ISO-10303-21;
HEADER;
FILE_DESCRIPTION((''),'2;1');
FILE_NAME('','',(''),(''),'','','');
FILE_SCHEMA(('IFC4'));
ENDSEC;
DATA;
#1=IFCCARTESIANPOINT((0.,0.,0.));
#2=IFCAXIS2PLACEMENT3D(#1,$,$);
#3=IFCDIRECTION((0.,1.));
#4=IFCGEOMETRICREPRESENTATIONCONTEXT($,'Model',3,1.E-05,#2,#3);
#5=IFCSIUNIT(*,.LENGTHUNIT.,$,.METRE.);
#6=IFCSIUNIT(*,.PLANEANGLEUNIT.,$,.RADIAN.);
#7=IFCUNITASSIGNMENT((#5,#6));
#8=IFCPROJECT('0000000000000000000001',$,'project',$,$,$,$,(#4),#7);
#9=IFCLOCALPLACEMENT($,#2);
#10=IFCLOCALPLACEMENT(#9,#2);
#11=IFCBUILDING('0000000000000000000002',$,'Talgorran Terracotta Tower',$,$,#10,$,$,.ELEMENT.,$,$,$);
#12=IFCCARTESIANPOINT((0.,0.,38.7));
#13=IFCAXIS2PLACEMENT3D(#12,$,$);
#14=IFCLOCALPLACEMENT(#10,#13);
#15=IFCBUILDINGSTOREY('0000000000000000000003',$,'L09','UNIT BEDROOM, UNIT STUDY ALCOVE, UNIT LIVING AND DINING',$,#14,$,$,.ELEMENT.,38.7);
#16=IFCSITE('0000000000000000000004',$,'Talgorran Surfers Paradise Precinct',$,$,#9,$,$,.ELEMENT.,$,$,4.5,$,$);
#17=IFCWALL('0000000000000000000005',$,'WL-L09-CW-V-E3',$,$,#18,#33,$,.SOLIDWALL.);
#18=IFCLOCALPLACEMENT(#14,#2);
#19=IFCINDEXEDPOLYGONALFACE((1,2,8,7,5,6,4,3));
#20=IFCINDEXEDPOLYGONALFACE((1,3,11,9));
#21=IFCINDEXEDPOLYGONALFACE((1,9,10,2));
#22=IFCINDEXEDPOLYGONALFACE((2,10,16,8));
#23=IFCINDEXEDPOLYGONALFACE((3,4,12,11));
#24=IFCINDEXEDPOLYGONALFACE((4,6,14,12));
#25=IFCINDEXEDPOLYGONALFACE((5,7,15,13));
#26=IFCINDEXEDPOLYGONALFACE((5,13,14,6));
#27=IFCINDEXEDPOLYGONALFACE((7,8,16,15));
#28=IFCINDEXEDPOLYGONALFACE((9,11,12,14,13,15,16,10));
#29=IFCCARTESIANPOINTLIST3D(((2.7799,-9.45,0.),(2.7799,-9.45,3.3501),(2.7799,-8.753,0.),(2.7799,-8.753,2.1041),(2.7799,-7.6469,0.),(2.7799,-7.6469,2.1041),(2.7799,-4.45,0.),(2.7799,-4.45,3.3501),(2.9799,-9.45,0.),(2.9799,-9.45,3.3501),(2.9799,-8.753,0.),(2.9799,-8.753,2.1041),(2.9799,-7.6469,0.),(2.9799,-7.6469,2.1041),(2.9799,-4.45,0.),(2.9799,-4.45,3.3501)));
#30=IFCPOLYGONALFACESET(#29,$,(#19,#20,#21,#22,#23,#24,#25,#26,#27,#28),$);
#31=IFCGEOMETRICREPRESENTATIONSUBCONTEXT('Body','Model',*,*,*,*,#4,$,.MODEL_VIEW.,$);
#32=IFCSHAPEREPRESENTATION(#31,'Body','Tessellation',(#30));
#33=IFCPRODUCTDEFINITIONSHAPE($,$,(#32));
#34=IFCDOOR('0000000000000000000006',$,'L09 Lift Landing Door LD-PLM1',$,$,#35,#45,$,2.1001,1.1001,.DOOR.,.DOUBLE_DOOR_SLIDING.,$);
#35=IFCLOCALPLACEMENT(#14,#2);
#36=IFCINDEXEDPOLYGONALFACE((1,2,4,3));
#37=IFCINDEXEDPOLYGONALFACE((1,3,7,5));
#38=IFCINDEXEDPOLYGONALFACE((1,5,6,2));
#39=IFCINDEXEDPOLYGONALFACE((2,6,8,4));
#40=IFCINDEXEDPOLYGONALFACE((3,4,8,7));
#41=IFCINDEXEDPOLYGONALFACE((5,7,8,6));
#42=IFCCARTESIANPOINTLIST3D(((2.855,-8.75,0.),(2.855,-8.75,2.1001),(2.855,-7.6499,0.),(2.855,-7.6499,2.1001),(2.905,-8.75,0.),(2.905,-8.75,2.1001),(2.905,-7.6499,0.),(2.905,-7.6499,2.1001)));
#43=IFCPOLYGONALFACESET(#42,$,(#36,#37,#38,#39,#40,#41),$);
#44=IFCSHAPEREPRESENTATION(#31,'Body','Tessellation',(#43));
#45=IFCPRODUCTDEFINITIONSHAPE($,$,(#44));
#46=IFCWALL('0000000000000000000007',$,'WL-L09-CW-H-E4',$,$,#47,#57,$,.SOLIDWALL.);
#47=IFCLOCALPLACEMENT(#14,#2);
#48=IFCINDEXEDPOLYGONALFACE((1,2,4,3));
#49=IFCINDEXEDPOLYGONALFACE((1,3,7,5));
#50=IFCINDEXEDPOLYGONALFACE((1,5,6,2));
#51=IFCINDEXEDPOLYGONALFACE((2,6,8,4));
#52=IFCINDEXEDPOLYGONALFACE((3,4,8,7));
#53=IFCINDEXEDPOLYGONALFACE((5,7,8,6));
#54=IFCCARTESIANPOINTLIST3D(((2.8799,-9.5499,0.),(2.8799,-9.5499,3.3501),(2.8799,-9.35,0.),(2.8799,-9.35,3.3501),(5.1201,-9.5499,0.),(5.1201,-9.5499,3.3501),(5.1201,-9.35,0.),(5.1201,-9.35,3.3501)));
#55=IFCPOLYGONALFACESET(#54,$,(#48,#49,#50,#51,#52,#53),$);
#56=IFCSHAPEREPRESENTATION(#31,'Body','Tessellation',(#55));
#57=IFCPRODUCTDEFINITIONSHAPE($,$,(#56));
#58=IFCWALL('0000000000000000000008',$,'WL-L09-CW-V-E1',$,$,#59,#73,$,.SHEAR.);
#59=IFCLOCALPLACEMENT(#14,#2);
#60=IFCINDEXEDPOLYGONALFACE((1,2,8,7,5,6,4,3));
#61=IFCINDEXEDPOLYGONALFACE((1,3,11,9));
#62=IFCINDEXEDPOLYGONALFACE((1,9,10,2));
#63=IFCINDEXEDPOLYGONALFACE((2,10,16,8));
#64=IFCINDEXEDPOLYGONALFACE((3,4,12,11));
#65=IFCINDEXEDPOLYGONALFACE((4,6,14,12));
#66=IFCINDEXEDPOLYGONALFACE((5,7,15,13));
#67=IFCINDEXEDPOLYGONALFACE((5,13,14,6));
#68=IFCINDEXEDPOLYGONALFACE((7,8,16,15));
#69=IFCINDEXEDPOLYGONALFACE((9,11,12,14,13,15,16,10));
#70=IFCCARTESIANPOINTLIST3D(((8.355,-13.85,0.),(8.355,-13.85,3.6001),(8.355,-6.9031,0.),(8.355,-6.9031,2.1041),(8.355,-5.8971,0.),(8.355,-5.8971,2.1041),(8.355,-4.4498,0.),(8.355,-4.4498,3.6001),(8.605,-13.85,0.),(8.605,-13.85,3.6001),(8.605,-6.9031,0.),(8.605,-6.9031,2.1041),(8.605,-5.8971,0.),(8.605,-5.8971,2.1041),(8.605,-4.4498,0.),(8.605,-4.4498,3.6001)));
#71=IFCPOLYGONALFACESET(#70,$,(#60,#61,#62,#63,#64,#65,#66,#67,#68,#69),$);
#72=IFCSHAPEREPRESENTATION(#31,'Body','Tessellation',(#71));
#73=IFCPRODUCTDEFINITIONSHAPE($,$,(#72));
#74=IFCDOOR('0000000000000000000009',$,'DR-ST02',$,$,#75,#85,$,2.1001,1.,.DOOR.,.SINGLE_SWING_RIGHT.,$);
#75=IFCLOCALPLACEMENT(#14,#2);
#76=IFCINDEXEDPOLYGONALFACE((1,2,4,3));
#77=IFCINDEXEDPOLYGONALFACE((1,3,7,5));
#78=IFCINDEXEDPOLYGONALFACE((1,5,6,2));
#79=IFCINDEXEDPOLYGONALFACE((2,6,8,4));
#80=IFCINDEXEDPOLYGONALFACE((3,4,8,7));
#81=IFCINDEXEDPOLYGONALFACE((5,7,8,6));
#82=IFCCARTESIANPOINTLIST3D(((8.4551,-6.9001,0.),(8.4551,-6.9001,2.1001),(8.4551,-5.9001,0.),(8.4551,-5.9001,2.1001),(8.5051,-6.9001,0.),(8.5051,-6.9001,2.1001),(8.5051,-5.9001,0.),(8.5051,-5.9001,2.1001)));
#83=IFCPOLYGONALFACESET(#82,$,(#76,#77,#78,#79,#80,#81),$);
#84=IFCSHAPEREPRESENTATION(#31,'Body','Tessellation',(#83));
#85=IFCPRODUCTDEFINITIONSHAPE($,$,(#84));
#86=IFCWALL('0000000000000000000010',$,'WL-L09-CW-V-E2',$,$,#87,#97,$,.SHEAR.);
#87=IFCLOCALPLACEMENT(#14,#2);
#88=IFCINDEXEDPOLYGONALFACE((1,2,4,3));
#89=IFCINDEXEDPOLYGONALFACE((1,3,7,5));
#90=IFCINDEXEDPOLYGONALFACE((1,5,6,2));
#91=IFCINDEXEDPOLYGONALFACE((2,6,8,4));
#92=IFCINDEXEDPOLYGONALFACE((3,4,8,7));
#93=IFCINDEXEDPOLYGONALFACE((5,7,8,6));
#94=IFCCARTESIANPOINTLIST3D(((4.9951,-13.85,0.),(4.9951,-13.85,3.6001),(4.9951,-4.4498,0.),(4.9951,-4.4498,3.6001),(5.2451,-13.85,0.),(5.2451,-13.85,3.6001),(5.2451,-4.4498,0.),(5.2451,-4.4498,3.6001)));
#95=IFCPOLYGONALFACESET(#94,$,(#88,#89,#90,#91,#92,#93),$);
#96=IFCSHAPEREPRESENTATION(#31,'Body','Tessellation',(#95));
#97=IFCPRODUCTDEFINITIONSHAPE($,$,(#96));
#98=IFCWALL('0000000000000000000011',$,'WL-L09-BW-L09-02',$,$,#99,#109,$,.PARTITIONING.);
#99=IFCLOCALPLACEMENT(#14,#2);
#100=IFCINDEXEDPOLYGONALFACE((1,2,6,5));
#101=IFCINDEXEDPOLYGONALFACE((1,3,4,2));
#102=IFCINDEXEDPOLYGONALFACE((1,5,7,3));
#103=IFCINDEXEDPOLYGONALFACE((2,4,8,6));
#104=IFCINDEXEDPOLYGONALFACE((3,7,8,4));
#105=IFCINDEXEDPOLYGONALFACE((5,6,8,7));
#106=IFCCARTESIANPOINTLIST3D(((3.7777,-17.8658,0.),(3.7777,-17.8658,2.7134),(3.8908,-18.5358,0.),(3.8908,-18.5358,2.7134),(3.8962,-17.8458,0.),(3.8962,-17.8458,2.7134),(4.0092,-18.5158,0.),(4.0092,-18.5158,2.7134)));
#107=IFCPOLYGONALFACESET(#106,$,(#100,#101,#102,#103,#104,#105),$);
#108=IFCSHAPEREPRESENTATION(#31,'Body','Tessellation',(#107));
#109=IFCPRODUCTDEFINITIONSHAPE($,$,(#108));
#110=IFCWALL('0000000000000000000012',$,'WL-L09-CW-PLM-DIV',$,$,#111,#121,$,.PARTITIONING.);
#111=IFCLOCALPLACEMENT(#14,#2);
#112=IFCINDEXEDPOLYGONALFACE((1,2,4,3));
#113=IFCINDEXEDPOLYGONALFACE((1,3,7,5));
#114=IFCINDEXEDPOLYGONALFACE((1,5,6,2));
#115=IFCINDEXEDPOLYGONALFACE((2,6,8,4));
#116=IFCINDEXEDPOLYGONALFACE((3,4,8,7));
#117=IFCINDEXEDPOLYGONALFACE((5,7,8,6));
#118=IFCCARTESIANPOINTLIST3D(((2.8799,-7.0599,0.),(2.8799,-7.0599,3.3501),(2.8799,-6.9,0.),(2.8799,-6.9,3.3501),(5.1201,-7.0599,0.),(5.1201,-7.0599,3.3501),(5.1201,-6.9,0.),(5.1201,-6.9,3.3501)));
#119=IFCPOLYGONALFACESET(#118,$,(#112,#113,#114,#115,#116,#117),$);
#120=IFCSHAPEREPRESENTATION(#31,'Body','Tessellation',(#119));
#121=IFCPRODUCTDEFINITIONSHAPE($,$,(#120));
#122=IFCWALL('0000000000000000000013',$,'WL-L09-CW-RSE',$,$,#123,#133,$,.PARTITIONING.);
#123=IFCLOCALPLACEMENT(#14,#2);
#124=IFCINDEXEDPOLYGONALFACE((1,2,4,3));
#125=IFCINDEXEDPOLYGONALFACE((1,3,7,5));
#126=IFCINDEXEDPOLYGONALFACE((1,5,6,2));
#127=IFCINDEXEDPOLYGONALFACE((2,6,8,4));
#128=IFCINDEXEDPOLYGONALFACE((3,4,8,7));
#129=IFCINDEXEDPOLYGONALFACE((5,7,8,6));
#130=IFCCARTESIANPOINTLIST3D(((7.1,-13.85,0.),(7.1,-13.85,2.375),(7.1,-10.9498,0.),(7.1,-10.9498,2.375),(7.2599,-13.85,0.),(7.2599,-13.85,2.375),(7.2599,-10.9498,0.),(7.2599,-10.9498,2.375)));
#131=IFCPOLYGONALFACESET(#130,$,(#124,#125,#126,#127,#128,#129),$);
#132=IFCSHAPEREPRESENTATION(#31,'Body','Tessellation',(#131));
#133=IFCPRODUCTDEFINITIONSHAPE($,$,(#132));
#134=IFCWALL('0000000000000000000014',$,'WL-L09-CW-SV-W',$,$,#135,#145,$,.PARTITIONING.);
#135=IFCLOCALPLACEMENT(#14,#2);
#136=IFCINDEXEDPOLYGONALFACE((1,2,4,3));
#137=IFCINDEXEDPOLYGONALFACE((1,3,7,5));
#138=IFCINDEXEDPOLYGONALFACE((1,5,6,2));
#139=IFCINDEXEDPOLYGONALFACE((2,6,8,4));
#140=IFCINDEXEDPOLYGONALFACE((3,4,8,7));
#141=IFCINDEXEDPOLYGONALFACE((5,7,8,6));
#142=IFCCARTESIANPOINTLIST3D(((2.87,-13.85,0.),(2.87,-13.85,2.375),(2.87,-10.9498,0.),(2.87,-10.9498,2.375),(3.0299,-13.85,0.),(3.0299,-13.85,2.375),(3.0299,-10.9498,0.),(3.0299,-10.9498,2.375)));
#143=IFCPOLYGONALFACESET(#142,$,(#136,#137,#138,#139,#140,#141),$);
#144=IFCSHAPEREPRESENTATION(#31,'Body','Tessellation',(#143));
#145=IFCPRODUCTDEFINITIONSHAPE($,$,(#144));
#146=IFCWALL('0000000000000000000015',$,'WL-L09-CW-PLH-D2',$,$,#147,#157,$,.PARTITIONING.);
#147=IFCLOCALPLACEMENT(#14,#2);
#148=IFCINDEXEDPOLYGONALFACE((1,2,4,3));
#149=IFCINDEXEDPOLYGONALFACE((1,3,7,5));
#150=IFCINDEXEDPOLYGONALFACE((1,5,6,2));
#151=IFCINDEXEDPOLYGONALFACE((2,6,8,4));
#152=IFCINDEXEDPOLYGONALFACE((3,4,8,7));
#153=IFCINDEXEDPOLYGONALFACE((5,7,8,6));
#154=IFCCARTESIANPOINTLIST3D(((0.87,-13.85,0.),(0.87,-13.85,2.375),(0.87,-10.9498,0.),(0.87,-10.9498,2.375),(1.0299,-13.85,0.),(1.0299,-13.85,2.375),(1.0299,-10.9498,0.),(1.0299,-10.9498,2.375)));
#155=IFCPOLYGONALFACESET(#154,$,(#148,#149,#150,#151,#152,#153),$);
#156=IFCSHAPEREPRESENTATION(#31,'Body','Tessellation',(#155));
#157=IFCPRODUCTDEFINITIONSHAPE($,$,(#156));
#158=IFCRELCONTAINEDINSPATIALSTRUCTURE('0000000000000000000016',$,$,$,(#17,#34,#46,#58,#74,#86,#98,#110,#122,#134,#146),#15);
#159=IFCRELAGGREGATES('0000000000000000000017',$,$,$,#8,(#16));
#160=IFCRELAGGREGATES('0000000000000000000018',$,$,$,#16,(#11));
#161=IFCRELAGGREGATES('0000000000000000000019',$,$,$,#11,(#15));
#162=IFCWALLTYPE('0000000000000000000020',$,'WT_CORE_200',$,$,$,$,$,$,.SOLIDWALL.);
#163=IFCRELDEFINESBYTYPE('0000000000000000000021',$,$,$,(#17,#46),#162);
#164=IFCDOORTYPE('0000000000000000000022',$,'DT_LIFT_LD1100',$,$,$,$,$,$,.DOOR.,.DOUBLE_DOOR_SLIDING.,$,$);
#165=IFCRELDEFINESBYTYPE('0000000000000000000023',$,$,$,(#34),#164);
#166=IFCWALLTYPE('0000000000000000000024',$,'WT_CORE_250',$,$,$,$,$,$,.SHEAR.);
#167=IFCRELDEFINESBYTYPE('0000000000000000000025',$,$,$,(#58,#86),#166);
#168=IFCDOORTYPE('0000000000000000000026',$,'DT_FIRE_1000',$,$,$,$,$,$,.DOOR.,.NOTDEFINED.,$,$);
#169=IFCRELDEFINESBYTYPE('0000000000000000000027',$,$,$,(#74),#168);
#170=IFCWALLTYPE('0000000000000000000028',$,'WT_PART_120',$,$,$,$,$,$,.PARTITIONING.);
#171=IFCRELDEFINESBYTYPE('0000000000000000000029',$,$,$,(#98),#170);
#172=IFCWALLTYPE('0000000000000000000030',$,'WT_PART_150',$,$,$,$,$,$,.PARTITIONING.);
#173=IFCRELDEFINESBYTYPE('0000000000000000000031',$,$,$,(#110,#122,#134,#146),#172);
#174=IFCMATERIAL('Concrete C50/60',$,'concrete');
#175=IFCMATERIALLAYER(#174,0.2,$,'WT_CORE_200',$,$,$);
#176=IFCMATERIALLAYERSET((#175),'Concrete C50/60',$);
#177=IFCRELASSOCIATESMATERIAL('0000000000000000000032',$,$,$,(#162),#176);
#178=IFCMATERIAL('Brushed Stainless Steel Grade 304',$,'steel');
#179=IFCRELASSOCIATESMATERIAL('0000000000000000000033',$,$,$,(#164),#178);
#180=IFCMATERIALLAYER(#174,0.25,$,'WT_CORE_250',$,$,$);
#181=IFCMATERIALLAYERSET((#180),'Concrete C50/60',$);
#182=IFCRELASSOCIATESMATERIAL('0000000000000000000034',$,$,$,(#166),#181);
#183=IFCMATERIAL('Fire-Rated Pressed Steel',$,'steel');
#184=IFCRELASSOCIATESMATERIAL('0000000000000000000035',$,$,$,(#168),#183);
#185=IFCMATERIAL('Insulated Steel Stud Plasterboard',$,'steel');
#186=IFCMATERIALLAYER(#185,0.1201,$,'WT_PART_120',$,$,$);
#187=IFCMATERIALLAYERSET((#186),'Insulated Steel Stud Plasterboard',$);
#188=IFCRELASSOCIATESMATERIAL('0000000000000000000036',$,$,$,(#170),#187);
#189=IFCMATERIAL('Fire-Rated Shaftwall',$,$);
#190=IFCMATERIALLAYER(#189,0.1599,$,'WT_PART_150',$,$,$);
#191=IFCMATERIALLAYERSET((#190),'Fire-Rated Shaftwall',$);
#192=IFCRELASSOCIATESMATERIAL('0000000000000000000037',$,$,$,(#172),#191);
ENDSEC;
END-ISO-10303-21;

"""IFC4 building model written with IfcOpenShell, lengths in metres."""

from ifc_helpers import new_model, si_unit, direction, frame, frame_2d, origin, place, context, subcontext, project, spatial, rectangle, extrude, material, layer, layer_set, type_object, element, fill, save


model = new_model("IFC4")

# Units and contexts
model_context = context("Model", 3, precision=1e-05, world=origin(), true_north=direction((0.0, 1.0)))
body_context = subcontext(model_context, "Body", "Model", "MODEL_VIEW")
ifc_project = project(units=[si_unit("LENGTHUNIT", "METRE"), si_unit("PLANEANGLEUNIT", "RADIAN")], contexts=[model_context])

# Site, building, storey
site_placement = place(None, origin())
site = spatial("IfcSite", under=ifc_project, at=site_placement, Name="Talgorran Surfers Paradise Precinct", CompositionType="ELEMENT", RefElevation=4.5)
building_placement = place(site_placement, origin())
building = spatial("IfcBuilding", under=site, at=building_placement, Name="Talgorran Terracotta Tower", CompositionType="ELEMENT")
storey_placement = place(building_placement, frame((0.0, 0.0, 38.7)))
storey = spatial("IfcBuildingStorey", under=building, at=storey_placement, Name="L09", Description="UNIT BEDROOM, UNIT STUDY ALCOVE, UNIT LIVING AND DINING", CompositionType="ELEMENT", Elevation=38.7)

# Shared definitions
ifc_material_1 = material(Name="Concrete C50/60", Category="concrete")
ifc_layer_1 = layer(ifc_material_1, 0.2, Name="WT_CORE_200")
ifc_layer_set_1 = layer_set([ifc_layer_1], Name="Concrete C50/60")
wall_type_1 = type_object("IfcWallType", Name="WT_CORE_200", PredefinedType="SOLIDWALL", material=ifc_layer_set_1)

# Shared definitions
ifc_material_2 = material(Name="Brushed Stainless Steel Grade 304", Category="steel")
door_type_1 = type_object("IfcDoorType", Name="DT_LIFT_LD1100", OperationType="DOUBLE_DOOR_SLIDING", PredefinedType="DOOR", material=ifc_material_2)
ifc_material_3 = material(Name="Fire-Rated Pressed Steel", Category="steel")

# Wall, opening, door
wall_1_placement = place(storey_placement, frame((2.8799, -9.45, 0.0), z_axis=(0.0, 0.0, 1.0), x_axis=(0.0, 1.0, 0.0)))
wall_1 = element("IfcWall", 1, at=wall_1_placement, inside=storey, type_object=wall_type_1, Name="WL-L09-CW-V-E3", PredefinedType="SOLIDWALL", context=body_context, shape_type="SweptSolid", body=[
    extrude(rectangle(XDim=5.0, YDim=0.2, at=frame_2d((2.5, 0.0))), origin(), (0.0, 0.0, 1.0), 3.3501),
])
opening_1_placement = place(wall_1_placement, frame((0.7, 0.0, 0.0)))
opening_1 = element("IfcOpeningElement", 2, at=opening_1_placement, cuts=wall_1, PredefinedType="OPENING", context=body_context, shape_type="SweptSolid", body=[
    extrude(rectangle(XDim=1.1061, YDim=2.1041, at=frame_2d((0.55, 1.052))), frame((0.0, 0.1099, 0.0), z_axis=(0.0, -1.0, 0.0), x_axis=(1.0, 0.0, 0.0)), (0.0, 0.0, 1.0), 0.22),
])
door_1_placement = place(opening_1_placement, origin())
door_1 = element("IfcDoor", 3, at=door_1_placement, inside=storey, type_object=door_type_1, Name="L09 Lift Landing Door LD-PLM1", OperationType="DOUBLE_DOOR_SLIDING", OverallHeight=2.1001, OverallWidth=1.1001, PredefinedType="DOOR", context=body_context, shape_type="SweptSolid", body=[
    extrude(rectangle(XDim=1.1001, YDim=2.1001, at=frame_2d((0.55, 1.05))), frame((0.0, 0.0249, 0.0), z_axis=(0.0, -1.0, 0.0), x_axis=(1.0, 0.0, 0.0)), (0.0, 0.0, 1.0), 0.05),
])
fill(opening_1, door_1)

# Wall
wall_2_placement = place(storey_placement, frame((2.8799, -9.45, 0.0), z_axis=(0.0, 0.0, 1.0), x_axis=(1.0, 0.0, 0.0)))
element("IfcWall", 4, at=wall_2_placement, inside=storey, type_object=wall_type_1, Name="WL-L09-CW-H-E4", PredefinedType="SOLIDWALL", context=body_context, shape_type="SweptSolid", body=[
    extrude(rectangle(XDim=2.2402, YDim=0.2, at=frame_2d((1.1201, 0.0))), origin(), (0.0, 0.0, 1.0), 3.3501),
])

# Wall, opening, door
ifc_layer_2 = layer(ifc_material_1, 0.25, Name="WT_CORE_250")
ifc_layer_set_2 = layer_set([ifc_layer_2], Name="Concrete C50/60")
wall_type_2 = type_object("IfcWallType", Name="WT_CORE_250", PredefinedType="SHEAR", material=ifc_layer_set_2)
wall_3_placement = place(storey_placement, frame((8.48, -13.8501, 0.0), z_axis=(0.0, 0.0, 1.0), x_axis=(0.0, 1.0, 0.0)))
wall_3 = element("IfcWall", 5, at=wall_3_placement, inside=storey, type_object=wall_type_2, Name="WL-L09-CW-V-E1", PredefinedType="SHEAR", context=body_context, shape_type="SweptSolid", body=[
    extrude(rectangle(XDim=9.4001, YDim=0.25, at=frame_2d((4.7002, 0.0))), origin(), (0.0, 0.0, 1.0), 3.6001),
])
opening_2_placement = place(wall_3_placement, frame((6.95, 0.0, 0.0)))
opening_2 = element("IfcOpeningElement", 6, at=opening_2_placement, cuts=wall_3, PredefinedType="OPENING", context=body_context, shape_type="SweptSolid", body=[
    extrude(rectangle(XDim=1.006, YDim=2.1041, at=frame_2d((0.5, 1.052))), frame((0.0, 0.135, 0.0), z_axis=(0.0, -1.0, 0.0), x_axis=(1.0, 0.0, 0.0)), (0.0, 0.0, 1.0), 0.27),
])
door_type_2 = type_object("IfcDoorType", Name="DT_FIRE_1000", OperationType="NOTDEFINED", PredefinedType="DOOR", material=ifc_material_3)
door_2_placement = place(opening_2_placement, origin())
door_2 = element("IfcDoor", 7, at=door_2_placement, inside=storey, type_object=door_type_2, Name="DR-ST02", OperationType="SINGLE_SWING_RIGHT", OverallHeight=2.1001, OverallWidth=1.0, PredefinedType="DOOR", context=body_context, shape_type="SweptSolid", body=[
    extrude(rectangle(XDim=1.0, YDim=2.1001, at=frame_2d((0.5, 1.05))), frame((0.0, 0.0249, 0.0), z_axis=(0.0, -1.0, 0.0), x_axis=(1.0, 0.0, 0.0)), (0.0, 0.0, 1.0), 0.05),
])
fill(opening_2, door_2)

# Walls
wall_4_placement = place(storey_placement, frame((5.1201, -13.8501, 0.0), z_axis=(0.0, 0.0, 1.0), x_axis=(0.0, 1.0, 0.0)))
element("IfcWall", 8, at=wall_4_placement, inside=storey, type_object=wall_type_2, Name="WL-L09-CW-V-E2", PredefinedType="SHEAR", context=body_context, shape_type="SweptSolid", body=[
    extrude(rectangle(XDim=9.4001, YDim=0.25, at=frame_2d((4.7002, 0.0))), origin(), (0.0, 0.0, 1.0), 3.6001),
])
ifc_material_4 = material(Name="Insulated Steel Stud Plasterboard", Category="steel")
ifc_layer_3 = layer(ifc_material_4, 0.1201, Name="WT_PART_120")
ifc_layer_set_3 = layer_set([ifc_layer_3], Name="Insulated Steel Stud Plasterboard")
wall_type_3 = type_object("IfcWallType", Name="WT_PART_120", PredefinedType="PARTITIONING", material=ifc_layer_set_3)
wall_5_placement = place(storey_placement, frame((3.8369, -17.8557, 0.0), z_axis=(0.0, 0.0, 1.0), x_axis=(0.16638, -0.986062, 0.0)))
element("IfcWall", 9, at=wall_5_placement, inside=storey, type_object=wall_type_3, Name="WL-L09-BW-L09-02", PredefinedType="PARTITIONING", context=body_context, shape_type="SweptSolid", body=[
    extrude(rectangle(XDim=0.6794, YDim=0.1201, at=frame_2d((0.3398, 0.0))), origin(), (0.0, 0.0, 1.0), 2.7134),
])
ifc_material_5 = material(Name="Fire-Rated Shaftwall")
ifc_layer_4 = layer(ifc_material_5, 0.1599, Name="WT_PART_150")
ifc_layer_set_4 = layer_set([ifc_layer_4], Name="Fire-Rated Shaftwall")
wall_type_4 = type_object("IfcWallType", Name="WT_PART_150", PredefinedType="PARTITIONING", material=ifc_layer_set_4)
wall_6_placement = place(storey_placement, frame((2.8799, -6.98, 0.0), z_axis=(0.0, 0.0, 1.0), x_axis=(1.0, 0.0, 0.0)))
element("IfcWall", 10, at=wall_6_placement, inside=storey, type_object=wall_type_4, Name="WL-L09-CW-PLM-DIV", PredefinedType="PARTITIONING", context=body_context, shape_type="SweptSolid", body=[
    extrude(rectangle(XDim=2.2402, YDim=0.1599, at=frame_2d((1.1201, 0.0))), origin(), (0.0, 0.0, 1.0), 3.3501),
])
for number, where, z_axis, x_axis, name in (
    (11, (7.1799, -13.8501, 0.0), (0.0, 0.0, 1.0), (0.0, 1.0, 0.0), "WL-L09-CW-RSE"),
    (12, (2.95, -13.8501, 0.0), (0.0, 0.0, 1.0), (0.0, 1.0, 0.0), "WL-L09-CW-SV-W"),
    (13, (0.95, -13.8501, 0.0), (0.0, 0.0, 1.0), (0.0, 1.0, 0.0), "WL-L09-CW-PLH-D2"),
):
    element("IfcWall", number, at=place(storey_placement, frame(where, z_axis=z_axis, x_axis=x_axis)), inside=storey, type_object=wall_type_4, Name=name, PredefinedType="PARTITIONING", context=body_context, shape_type="SweptSolid", body=[
        extrude(rectangle(XDim=2.9001, YDim=0.1599, at=frame_2d((1.4502, 0.0))), origin(), (0.0, 0.0, 1.0), 2.375),
    ])

save(model, "model.ifc")
